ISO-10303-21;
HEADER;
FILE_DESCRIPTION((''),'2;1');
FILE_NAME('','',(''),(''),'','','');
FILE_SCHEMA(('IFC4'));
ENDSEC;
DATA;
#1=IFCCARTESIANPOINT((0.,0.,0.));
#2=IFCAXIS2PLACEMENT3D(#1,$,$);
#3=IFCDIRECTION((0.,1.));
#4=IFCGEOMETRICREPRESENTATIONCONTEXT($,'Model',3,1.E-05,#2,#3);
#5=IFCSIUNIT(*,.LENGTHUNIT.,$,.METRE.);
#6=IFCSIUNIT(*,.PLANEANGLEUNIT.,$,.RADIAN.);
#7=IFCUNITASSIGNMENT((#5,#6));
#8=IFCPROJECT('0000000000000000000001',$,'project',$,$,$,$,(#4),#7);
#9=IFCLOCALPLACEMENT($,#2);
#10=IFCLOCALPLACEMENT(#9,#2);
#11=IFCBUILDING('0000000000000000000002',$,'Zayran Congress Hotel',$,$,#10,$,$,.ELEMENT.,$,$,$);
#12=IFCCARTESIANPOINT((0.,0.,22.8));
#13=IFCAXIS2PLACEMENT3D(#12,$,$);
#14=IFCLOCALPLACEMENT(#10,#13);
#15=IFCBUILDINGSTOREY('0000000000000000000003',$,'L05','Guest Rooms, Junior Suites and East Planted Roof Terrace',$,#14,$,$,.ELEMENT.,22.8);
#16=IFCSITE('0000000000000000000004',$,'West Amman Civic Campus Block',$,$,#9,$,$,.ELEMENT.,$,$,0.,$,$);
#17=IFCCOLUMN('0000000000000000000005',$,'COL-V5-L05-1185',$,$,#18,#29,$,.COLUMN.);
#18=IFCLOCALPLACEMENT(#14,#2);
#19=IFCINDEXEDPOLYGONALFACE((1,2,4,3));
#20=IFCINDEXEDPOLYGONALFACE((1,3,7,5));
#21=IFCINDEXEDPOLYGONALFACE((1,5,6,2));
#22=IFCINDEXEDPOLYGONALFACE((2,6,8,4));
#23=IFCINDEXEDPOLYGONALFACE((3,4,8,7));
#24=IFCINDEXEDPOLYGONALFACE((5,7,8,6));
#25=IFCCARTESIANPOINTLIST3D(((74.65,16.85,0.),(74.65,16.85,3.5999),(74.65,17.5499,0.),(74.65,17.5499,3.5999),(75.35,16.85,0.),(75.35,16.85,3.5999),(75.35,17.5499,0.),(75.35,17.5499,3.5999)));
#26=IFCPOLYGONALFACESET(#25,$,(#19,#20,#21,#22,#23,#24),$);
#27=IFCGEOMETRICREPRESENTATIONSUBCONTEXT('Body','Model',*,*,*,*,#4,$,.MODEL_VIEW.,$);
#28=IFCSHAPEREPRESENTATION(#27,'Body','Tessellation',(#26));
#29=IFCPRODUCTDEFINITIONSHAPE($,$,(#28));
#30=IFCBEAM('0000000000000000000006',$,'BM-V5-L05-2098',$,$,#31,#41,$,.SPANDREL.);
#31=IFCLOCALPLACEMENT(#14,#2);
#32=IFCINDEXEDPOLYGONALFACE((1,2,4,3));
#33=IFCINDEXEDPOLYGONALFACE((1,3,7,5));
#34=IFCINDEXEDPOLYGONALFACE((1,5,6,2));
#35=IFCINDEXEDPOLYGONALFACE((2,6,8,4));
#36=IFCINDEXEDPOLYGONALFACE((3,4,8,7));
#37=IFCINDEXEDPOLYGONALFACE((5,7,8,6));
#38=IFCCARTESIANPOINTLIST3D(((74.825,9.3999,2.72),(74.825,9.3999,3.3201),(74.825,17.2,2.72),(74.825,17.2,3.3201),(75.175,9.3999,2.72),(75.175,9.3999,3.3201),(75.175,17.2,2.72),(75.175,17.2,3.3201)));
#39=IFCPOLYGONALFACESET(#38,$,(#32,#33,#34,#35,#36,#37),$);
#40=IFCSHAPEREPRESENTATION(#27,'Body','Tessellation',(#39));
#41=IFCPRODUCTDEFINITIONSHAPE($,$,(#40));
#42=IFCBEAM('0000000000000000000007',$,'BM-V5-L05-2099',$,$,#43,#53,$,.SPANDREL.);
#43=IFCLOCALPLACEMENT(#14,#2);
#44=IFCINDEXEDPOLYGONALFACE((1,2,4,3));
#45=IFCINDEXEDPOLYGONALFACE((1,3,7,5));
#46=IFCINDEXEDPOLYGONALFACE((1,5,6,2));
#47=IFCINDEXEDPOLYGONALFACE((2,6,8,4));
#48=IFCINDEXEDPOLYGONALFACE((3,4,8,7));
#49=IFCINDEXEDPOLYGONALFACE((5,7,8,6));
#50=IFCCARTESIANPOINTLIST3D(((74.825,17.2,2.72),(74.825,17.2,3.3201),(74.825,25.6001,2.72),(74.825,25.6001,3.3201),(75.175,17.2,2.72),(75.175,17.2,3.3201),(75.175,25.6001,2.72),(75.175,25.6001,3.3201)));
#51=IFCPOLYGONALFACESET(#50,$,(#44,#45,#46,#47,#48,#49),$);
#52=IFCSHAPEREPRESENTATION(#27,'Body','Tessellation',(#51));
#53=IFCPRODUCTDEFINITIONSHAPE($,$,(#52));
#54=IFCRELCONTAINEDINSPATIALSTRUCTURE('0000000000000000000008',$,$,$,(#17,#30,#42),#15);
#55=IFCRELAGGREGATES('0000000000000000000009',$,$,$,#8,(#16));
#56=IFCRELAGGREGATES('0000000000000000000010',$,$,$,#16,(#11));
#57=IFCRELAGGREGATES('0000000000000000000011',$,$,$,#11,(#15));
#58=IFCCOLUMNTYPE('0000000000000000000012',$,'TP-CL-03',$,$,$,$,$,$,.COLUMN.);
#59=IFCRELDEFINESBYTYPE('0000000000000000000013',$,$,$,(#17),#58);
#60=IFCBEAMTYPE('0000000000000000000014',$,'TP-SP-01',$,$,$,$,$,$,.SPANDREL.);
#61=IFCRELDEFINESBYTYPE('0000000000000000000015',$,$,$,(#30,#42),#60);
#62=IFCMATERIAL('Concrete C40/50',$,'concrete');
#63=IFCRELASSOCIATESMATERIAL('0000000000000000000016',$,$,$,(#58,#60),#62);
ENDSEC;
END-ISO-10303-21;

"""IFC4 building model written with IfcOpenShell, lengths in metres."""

from ifc_helpers import new_model, si_unit, direction, frame, origin, origin_2d, place, context, subcontext, project, spatial, rectangle, extrude, material, material_profile, profile_set, type_object, element, save


model = new_model("IFC4")

# Units and contexts
model_context = context("Model", 3, precision=1e-05, world=origin(), true_north=direction((0.0, 1.0)))
body_context = subcontext(model_context, "Body", "Model", "MODEL_VIEW")
ifc_project = project(units=[si_unit("LENGTHUNIT", "METRE"), si_unit("PLANEANGLEUNIT", "RADIAN")], contexts=[model_context])

# Site, building, storey
site_placement = place(None, origin())
site = spatial("IfcSite", under=ifc_project, at=site_placement, Name="West Amman Civic Campus Block", CompositionType="ELEMENT", RefElevation=0.0)
building_placement = place(site_placement, origin())
building = spatial("IfcBuilding", under=site, at=building_placement, Name="Zayran Congress Hotel", CompositionType="ELEMENT")
storey_placement = place(building_placement, frame((0.0, 0.0, 22.8)))
storey = spatial("IfcBuildingStorey", under=building, at=storey_placement, Name="L05", Description="Guest Rooms, Junior Suites and East Planted Roof Terrace", CompositionType="ELEMENT", Elevation=22.8)

# Column
ifc_material_1 = material(Name="Concrete C40/50", Category="concrete")
ifc_material_profile_1 = material_profile(ifc_material_1, rectangle(XDim=0.7, YDim=0.7, at=origin_2d()), Name="RC 700x700")
ifc_profile_set_1 = profile_set([ifc_material_profile_1], Name="Concrete C40/50")
column_type = type_object("IfcColumnType", Name="TP-CL-03", PredefinedType="COLUMN", material=ifc_profile_set_1)
column_placement = place(storey_placement, frame((75.0, 17.2, 0.0), z_axis=(0.0, 0.0, 1.0), x_axis=(1.0, 0.0, 0.0)))
element("IfcColumn", 1, at=column_placement, inside=storey, type_object=column_type, Name="COL-V5-L05-1185", PredefinedType="COLUMN", context=body_context, shape_type="SweptSolid", body=[
    extrude(rectangle(XDim=0.7, YDim=0.7, at=origin_2d()), origin(), (0.0, 0.0, 1.0), 3.5999),
])

# Beams
ifc_material_profile_2 = material_profile(ifc_material_1, rectangle(XDim=0.3501, YDim=0.6001, at=origin_2d()), Name="RC 350x600")
ifc_profile_set_2 = profile_set([ifc_material_profile_2], Name="Concrete C40/50")
beam_type = type_object("IfcBeamType", Name="TP-SP-01", PredefinedType="SPANDREL", material=ifc_profile_set_2)
beam_1_placement = place(storey_placement, frame((75.0, 9.3999, 3.02), z_axis=(0.0, 1.0, 0.0), x_axis=(-1.0, 0.0, 0.0)))
element("IfcBeam", 2, at=beam_1_placement, inside=storey, type_object=beam_type, Name="BM-V5-L05-2098", PredefinedType="SPANDREL", context=body_context, shape_type="SweptSolid", body=[
    extrude(rectangle(XDim=0.3501, YDim=0.6001, at=origin_2d()), origin(), (0.0, 0.0, 1.0), 7.8),
])
beam_2_placement = place(storey_placement, frame((75.0, 17.2, 3.02), z_axis=(0.0, 1.0, 0.0), x_axis=(-1.0, 0.0, 0.0)))
element("IfcBeam", 3, at=beam_2_placement, inside=storey, type_object=beam_type, Name="BM-V5-L05-2099", PredefinedType="SPANDREL", context=body_context, shape_type="SweptSolid", body=[
    extrude(rectangle(XDim=0.3501, YDim=0.6001, at=origin_2d()), origin(), (0.0, 0.0, 1.0), 8.4001),
])

save(model, "model.ifc")
